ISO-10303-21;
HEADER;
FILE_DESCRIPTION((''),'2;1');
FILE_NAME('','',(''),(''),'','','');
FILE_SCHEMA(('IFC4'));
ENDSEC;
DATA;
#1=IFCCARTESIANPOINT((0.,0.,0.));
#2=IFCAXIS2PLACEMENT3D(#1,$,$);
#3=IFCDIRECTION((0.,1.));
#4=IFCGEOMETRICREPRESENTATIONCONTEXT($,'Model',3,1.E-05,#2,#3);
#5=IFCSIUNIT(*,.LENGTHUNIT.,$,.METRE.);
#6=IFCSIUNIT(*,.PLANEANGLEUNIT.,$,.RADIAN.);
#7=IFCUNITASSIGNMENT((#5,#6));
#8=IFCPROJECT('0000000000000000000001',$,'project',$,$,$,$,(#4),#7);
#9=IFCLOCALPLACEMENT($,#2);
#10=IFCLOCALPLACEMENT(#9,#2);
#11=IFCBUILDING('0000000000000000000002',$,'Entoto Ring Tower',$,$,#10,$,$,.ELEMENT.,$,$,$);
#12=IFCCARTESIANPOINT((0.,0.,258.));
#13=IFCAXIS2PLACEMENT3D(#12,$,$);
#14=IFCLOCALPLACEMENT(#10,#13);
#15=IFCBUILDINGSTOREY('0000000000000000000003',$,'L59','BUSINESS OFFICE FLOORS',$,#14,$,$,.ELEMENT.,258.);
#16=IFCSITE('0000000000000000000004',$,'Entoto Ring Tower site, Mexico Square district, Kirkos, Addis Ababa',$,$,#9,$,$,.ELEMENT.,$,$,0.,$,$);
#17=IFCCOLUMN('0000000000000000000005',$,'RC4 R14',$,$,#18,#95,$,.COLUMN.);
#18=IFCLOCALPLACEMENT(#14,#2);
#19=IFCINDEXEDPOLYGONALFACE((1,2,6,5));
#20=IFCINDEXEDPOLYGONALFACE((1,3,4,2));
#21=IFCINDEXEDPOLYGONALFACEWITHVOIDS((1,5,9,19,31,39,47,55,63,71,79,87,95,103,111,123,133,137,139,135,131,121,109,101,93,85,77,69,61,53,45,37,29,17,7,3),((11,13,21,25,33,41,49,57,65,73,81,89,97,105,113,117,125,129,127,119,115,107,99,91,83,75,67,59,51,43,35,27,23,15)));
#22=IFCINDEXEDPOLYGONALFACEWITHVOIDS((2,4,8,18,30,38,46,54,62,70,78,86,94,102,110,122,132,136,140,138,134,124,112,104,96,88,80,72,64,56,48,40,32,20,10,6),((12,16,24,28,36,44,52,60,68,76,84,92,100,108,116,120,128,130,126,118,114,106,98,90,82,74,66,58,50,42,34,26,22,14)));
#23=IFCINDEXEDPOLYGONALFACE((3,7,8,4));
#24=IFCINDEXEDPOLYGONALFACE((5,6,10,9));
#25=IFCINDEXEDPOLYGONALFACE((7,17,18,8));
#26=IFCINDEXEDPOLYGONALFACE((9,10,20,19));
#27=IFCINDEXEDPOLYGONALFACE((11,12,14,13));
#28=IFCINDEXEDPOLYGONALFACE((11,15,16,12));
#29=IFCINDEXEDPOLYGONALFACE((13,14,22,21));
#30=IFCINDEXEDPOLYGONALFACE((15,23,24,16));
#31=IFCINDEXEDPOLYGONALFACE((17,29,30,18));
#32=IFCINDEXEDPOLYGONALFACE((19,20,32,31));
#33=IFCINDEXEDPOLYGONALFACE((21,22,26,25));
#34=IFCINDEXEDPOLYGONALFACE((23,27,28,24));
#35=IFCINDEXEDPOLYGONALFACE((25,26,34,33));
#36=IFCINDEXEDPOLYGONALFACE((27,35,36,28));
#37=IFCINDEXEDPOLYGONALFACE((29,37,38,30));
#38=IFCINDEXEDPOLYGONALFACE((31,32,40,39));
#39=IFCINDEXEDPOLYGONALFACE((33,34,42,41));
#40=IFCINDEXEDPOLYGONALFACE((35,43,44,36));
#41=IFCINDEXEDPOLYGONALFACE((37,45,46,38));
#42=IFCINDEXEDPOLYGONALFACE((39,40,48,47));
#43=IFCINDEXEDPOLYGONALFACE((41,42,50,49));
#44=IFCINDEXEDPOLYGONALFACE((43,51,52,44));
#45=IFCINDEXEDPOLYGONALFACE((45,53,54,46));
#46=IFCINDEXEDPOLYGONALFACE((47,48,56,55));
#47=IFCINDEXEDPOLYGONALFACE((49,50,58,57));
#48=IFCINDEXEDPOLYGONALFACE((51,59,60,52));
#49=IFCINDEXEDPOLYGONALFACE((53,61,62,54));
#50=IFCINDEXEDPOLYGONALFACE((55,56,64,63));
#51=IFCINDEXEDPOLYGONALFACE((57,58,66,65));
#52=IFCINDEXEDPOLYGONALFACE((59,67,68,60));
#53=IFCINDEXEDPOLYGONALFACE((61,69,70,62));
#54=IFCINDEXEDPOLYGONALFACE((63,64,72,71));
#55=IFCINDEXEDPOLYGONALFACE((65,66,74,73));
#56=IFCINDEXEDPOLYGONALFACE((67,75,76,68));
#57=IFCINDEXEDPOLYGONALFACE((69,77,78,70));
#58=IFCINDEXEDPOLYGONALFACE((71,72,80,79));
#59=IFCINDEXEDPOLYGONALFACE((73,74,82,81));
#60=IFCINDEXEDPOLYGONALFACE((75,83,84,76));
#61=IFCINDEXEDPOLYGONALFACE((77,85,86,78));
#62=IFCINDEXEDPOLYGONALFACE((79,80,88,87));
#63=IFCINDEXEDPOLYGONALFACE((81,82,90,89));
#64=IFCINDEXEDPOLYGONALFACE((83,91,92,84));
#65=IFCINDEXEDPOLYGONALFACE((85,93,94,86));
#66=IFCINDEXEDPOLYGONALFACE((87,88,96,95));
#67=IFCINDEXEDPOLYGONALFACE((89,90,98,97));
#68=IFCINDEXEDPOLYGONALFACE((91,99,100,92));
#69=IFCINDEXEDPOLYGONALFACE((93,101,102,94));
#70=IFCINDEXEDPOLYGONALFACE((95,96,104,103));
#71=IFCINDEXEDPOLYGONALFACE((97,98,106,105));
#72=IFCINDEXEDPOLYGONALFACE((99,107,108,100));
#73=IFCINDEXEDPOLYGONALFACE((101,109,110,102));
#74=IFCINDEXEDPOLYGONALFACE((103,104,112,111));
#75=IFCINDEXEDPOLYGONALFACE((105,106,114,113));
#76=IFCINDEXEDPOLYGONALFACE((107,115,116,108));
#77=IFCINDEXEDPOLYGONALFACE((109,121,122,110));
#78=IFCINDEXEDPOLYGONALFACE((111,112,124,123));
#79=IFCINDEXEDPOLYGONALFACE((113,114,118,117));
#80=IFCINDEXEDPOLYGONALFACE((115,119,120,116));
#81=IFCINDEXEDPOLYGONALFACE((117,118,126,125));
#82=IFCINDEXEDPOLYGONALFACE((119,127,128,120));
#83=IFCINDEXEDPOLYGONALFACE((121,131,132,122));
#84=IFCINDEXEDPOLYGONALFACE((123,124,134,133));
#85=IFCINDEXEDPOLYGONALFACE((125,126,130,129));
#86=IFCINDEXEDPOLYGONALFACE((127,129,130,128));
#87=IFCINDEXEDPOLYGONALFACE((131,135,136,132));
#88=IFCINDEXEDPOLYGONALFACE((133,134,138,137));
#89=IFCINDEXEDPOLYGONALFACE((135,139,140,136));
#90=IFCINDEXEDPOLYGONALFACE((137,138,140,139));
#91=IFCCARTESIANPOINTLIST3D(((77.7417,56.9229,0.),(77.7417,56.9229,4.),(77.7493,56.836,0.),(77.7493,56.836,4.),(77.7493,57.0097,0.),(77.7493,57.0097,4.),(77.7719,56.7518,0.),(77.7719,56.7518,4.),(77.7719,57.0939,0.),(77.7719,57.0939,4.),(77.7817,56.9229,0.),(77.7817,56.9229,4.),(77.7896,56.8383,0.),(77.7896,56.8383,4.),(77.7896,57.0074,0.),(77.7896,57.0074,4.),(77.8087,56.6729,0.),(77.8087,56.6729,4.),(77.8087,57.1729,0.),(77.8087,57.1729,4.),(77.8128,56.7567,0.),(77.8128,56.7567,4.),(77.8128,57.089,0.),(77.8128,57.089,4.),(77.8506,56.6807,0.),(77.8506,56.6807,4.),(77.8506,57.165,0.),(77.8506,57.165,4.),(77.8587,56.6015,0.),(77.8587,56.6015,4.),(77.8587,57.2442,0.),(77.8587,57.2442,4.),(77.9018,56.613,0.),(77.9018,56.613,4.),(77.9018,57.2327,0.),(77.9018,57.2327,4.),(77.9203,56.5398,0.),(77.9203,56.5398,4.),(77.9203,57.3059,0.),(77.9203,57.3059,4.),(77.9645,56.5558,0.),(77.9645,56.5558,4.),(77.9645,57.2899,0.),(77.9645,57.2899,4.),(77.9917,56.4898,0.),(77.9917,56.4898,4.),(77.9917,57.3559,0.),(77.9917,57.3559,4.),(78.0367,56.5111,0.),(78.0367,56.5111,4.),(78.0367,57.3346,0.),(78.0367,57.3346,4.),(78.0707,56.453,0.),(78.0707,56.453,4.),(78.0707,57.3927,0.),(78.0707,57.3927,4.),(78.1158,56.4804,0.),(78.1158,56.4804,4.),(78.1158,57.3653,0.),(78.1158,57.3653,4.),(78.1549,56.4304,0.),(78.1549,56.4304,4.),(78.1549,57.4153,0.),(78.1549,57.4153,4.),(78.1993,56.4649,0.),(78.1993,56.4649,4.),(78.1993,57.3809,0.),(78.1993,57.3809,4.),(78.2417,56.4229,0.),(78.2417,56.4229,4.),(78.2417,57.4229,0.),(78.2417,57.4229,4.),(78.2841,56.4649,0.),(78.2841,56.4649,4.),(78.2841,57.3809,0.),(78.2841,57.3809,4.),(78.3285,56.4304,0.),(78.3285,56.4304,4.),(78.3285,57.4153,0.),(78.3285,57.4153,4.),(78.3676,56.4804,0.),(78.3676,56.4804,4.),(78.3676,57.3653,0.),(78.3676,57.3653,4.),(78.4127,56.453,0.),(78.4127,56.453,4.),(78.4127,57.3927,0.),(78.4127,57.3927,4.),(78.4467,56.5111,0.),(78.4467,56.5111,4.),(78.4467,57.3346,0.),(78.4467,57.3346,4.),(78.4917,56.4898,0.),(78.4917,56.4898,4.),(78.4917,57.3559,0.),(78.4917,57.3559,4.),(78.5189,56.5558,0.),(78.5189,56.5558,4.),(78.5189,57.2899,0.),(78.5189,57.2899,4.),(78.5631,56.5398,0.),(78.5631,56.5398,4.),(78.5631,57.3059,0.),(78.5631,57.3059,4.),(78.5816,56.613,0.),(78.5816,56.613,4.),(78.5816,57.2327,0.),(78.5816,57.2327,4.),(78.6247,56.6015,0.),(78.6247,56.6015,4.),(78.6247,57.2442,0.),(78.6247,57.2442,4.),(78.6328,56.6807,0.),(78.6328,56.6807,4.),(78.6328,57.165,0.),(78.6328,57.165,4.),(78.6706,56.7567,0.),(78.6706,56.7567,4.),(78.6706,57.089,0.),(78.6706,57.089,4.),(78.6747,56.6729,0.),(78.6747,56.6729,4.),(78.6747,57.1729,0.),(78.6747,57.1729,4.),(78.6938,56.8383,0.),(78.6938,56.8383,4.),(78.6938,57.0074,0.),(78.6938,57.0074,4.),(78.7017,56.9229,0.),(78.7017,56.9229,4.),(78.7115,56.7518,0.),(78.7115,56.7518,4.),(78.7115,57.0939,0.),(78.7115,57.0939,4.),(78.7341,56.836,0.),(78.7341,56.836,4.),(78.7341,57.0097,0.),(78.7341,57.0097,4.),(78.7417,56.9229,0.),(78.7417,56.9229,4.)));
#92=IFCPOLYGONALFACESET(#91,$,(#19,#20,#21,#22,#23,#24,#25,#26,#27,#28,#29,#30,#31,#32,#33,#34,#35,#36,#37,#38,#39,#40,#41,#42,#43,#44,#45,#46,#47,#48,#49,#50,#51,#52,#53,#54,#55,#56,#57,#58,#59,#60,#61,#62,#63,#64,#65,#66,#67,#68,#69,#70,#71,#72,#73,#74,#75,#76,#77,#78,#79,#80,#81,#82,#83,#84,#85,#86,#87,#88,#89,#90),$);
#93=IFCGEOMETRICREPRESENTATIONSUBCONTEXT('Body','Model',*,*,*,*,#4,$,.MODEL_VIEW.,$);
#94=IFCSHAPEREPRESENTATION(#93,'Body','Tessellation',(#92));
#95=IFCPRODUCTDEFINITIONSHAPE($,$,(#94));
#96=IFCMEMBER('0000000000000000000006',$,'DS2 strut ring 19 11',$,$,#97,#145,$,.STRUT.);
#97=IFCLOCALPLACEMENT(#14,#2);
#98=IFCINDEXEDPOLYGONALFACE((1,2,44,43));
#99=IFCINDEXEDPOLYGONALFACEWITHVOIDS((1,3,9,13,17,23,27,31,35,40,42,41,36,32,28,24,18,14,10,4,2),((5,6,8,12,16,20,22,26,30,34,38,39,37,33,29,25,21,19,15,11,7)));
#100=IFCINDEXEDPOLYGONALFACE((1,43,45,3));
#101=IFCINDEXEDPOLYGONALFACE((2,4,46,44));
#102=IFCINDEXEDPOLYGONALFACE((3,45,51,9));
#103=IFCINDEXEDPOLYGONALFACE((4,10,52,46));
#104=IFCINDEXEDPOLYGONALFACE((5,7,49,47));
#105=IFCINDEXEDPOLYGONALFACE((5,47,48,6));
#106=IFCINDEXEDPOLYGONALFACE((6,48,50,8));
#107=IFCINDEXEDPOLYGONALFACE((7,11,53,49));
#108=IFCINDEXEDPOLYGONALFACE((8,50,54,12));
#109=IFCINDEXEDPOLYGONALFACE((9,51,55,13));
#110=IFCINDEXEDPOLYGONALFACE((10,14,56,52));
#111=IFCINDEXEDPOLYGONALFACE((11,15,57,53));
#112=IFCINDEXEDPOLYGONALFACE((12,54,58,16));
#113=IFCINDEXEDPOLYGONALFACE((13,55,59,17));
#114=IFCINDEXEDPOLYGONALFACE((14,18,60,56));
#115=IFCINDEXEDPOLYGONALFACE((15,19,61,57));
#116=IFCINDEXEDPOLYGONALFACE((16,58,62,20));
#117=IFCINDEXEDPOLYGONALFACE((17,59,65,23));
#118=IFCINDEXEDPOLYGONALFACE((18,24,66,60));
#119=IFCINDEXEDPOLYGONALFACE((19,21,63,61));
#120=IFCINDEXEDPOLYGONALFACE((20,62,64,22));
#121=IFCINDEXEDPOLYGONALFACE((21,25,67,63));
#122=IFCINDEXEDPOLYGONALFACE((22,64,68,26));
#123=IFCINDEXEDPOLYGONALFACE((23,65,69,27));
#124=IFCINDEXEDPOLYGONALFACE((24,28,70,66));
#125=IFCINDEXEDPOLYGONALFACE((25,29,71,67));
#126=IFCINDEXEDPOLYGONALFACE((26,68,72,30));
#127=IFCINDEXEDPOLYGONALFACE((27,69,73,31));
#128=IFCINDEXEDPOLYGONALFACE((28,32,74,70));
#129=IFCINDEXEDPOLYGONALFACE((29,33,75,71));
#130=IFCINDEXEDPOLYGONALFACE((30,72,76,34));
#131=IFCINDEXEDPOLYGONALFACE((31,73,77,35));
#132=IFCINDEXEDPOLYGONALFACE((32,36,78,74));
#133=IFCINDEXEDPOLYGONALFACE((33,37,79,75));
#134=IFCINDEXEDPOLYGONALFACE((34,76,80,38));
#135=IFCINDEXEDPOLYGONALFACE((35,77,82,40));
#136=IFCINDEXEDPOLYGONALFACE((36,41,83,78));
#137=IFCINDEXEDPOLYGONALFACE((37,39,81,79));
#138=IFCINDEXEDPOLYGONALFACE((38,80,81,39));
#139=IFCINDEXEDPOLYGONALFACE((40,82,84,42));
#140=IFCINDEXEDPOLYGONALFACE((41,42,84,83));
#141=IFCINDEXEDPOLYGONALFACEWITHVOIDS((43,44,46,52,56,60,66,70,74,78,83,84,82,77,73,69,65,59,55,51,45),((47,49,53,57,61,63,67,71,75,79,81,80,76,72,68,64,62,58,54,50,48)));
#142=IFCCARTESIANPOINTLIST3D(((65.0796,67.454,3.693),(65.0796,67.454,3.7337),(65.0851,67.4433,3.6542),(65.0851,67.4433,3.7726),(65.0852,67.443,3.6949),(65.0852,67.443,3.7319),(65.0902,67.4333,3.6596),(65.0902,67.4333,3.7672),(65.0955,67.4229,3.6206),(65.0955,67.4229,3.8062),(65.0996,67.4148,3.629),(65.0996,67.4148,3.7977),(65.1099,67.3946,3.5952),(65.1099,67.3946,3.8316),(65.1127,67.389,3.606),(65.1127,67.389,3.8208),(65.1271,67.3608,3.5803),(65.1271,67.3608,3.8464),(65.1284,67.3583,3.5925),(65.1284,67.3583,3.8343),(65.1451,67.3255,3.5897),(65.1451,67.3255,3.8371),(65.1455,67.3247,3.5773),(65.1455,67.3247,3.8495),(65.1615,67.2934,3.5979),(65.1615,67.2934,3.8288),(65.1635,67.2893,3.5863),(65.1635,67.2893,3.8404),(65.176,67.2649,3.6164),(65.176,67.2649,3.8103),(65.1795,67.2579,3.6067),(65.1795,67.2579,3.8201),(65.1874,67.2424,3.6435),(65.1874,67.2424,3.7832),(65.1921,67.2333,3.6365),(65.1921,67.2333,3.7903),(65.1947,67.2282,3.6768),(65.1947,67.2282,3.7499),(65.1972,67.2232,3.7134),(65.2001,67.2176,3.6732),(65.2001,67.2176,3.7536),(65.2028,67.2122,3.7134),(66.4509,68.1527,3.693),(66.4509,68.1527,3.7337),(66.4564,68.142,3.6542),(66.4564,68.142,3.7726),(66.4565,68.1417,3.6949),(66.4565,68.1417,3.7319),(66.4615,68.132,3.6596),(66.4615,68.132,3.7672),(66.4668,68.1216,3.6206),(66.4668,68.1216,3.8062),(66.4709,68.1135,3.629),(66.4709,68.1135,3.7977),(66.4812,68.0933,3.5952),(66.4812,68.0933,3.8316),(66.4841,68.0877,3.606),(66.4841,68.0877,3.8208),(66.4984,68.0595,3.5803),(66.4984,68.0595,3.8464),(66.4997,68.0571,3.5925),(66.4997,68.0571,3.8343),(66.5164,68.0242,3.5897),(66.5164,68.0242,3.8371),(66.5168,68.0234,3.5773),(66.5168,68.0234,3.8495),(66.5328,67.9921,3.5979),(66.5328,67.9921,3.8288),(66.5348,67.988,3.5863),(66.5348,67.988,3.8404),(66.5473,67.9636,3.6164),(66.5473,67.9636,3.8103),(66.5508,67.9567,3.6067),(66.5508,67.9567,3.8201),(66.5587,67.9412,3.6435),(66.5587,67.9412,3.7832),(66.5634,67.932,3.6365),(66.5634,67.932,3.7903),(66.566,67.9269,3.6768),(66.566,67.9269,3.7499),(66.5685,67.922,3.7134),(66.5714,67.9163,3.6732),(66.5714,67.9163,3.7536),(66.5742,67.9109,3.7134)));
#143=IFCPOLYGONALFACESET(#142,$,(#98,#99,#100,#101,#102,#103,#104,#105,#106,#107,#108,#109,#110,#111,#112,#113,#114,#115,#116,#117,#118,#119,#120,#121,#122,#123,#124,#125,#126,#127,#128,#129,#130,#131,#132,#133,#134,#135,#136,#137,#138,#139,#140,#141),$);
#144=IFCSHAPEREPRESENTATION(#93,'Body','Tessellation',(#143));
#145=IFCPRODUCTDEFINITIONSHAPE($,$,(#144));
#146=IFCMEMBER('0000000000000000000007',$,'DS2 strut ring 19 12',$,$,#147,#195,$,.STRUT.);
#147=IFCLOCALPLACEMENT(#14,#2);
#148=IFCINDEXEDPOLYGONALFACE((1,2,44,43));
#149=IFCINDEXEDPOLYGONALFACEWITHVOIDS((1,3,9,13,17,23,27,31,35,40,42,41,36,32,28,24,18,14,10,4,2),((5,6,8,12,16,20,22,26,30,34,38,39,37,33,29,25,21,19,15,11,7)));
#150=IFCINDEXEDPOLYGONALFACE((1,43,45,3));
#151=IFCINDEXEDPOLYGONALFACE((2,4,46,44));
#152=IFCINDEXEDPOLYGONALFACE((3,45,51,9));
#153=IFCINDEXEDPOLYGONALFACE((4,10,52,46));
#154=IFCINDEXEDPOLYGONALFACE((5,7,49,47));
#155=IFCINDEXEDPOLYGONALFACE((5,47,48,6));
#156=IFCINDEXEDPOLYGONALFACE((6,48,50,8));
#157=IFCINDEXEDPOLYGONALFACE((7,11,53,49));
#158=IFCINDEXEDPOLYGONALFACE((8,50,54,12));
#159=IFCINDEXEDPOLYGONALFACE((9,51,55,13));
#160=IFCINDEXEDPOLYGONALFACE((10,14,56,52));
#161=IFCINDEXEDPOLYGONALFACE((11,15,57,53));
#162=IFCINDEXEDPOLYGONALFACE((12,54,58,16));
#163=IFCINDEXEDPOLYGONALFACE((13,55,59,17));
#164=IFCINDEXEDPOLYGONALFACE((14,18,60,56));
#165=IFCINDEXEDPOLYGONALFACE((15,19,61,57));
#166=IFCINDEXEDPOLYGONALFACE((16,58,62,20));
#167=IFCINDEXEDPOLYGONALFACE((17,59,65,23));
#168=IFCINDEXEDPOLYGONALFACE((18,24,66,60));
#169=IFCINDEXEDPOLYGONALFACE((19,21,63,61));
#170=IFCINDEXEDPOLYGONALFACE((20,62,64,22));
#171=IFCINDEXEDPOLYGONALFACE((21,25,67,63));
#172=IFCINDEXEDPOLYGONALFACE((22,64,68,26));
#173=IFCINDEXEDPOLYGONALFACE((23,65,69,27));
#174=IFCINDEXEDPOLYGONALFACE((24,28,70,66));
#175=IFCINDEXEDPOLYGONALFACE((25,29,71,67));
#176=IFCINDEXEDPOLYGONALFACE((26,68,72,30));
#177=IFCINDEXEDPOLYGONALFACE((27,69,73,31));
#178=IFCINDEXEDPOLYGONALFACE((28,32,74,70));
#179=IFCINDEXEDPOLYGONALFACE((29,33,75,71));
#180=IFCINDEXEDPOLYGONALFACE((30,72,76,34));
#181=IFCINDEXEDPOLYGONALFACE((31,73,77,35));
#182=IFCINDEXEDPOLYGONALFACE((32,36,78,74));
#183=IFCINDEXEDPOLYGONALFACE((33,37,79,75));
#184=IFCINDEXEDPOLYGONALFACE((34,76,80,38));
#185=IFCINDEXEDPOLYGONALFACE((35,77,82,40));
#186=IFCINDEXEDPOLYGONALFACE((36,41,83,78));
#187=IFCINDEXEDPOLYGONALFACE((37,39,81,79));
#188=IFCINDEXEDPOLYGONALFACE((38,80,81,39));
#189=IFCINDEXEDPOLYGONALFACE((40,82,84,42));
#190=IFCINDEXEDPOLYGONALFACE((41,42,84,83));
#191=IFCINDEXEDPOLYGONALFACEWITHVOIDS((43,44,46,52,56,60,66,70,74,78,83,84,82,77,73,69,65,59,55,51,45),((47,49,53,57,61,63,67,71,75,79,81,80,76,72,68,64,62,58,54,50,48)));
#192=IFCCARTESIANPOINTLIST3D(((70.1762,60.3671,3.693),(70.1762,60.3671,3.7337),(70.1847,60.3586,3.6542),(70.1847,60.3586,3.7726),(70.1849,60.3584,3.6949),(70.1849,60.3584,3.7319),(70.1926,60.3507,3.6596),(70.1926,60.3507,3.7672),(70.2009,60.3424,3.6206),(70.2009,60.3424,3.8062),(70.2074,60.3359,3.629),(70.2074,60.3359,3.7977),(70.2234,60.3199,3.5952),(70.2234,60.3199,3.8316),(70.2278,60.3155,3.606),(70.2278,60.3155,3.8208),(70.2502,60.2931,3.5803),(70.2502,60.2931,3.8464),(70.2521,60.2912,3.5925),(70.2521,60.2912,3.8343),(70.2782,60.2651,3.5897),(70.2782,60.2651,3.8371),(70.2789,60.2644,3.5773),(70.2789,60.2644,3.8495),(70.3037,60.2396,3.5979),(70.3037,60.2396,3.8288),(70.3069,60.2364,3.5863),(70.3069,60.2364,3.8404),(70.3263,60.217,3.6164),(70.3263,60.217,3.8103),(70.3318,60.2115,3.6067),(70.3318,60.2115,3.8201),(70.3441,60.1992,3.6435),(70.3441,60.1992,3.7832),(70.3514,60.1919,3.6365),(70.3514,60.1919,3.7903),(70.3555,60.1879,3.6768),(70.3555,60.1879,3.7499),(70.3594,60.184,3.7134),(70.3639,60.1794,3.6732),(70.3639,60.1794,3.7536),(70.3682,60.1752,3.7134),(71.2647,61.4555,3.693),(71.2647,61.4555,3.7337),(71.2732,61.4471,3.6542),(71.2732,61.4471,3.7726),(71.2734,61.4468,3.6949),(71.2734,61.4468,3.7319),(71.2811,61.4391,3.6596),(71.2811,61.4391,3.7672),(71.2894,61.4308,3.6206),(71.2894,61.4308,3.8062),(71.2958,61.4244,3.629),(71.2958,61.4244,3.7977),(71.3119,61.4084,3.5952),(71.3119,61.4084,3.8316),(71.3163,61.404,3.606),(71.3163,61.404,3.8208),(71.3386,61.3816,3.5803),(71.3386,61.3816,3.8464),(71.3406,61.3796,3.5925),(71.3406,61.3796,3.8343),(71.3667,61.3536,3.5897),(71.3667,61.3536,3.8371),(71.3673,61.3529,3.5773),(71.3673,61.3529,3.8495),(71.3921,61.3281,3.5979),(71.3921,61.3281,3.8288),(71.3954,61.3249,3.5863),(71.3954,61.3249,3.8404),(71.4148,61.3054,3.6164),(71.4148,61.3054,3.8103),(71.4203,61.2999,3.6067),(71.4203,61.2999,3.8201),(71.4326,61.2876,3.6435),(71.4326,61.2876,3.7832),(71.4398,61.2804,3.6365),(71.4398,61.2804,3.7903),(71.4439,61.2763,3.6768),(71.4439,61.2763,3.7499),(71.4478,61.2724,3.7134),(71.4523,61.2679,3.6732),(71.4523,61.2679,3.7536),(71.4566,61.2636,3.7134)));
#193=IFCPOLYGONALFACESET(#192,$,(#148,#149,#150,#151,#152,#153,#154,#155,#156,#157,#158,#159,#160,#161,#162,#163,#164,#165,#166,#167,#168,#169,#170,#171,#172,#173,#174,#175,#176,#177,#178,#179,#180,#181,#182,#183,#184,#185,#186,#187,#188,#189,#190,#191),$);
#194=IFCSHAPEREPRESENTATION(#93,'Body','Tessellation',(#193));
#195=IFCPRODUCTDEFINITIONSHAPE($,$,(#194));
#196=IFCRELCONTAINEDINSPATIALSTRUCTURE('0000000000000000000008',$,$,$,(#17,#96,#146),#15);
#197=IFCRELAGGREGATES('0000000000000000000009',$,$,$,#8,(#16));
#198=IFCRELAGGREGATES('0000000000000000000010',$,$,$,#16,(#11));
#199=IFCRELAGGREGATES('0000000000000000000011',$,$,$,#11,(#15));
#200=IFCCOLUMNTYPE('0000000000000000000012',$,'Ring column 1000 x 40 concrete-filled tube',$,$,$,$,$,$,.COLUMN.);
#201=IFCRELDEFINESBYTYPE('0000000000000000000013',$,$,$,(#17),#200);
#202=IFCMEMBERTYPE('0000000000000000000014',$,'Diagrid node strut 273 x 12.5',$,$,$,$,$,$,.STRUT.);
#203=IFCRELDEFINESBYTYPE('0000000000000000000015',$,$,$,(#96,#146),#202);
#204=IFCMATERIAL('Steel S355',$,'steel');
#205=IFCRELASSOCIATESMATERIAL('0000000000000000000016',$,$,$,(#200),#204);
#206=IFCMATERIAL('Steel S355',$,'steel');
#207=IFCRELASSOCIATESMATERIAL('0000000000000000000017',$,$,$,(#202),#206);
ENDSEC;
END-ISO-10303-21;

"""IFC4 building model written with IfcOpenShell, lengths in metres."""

from ifc_helpers import new_model, si_unit, direction, frame, origin, origin_2d, place, context, subcontext, project, spatial, circle, hollow_circle, extrude, material, material_profile, profile_set, type_object, element, save


model = new_model("IFC4")

# Units and contexts
model_context = context("Model", 3, precision=1e-05, world=origin(), true_north=direction((0.0, 1.0)))
body_context = subcontext(model_context, "Body", "Model", "MODEL_VIEW")
ifc_project = project(units=[si_unit("LENGTHUNIT", "METRE"), si_unit("PLANEANGLEUNIT", "RADIAN")], contexts=[model_context])

# Site, building, storey
site_placement = place(None, origin())
site = spatial("IfcSite", under=ifc_project, at=site_placement, Name="Entoto Ring Tower site, Mexico Square district, Kirkos, Addis Ababa", CompositionType="ELEMENT", RefElevation=0.0)
building_placement = place(site_placement, origin())
building = spatial("IfcBuilding", under=site, at=building_placement, Name="Entoto Ring Tower", CompositionType="ELEMENT")
storey_placement = place(building_placement, frame((0.0, 0.0, 258.0)))
storey = spatial("IfcBuildingStorey", under=building, at=storey_placement, Name="L59", Description="BUSINESS OFFICE FLOORS", CompositionType="ELEMENT", Elevation=258.0)

# Column
ifc_material_1 = material(Name="Steel S355", Category="steel")
ifc_material_profile_1 = material_profile(ifc_material_1, hollow_circle(Radius=0.5, WallThickness=0.04, at=origin_2d()), Name="CHS 1000 x 40")
ifc_material_2 = material(Name="Concrete C60/75", Category="concrete")
ifc_material_profile_2 = material_profile(ifc_material_2, circle(Radius=0.46, at=origin_2d()), Name="Concrete C60/75 infill")
ifc_profile_set_1 = profile_set([ifc_material_profile_1, ifc_material_profile_2], Name="Steel S355")
column_type = type_object("IfcColumnType", Name="Ring column 1000 x 40 concrete-filled tube", PredefinedType="COLUMN", material=ifc_profile_set_1)
for number, where, z_axis, x_axis, name in (
    (1, (78.2417, 56.9229, 0.0), (0.0, 0.0, 1.0), (1.0, 0.0, 0.0), "RC4 R14"),
):
    element("IfcColumn", number, at=place(storey_placement, frame(where, z_axis=z_axis, x_axis=x_axis)), inside=storey, type_object=column_type, Name=name, PredefinedType="COLUMN", context=body_context, shape_type="SweptSolid", body=[
        extrude(hollow_circle(Radius=0.5, WallThickness=0.04, at=origin_2d()), origin(), (0.0, 0.0, 1.0), 4.0),
    ])

# Members
ifc_material_3 = material(Name="Steel S355", Category="steel")
ifc_material_profile_3 = material_profile(ifc_material_3, hollow_circle(Radius=0.1365, WallThickness=0.0125, at=origin_2d()), Name="CHS 273 x 12.5")
ifc_material_4 = material(Name="Concrete C60/75", Category="concrete")
ifc_material_profile_4 = material_profile(ifc_material_4, circle(Radius=0.124, at=origin_2d()), Name="Concrete C60/75 infill")
ifc_profile_set_2 = profile_set([ifc_material_profile_3, ifc_material_profile_4], Name="Steel S355")
member_type = type_object("IfcMemberType", Name="Diagrid node strut 273 x 12.5", PredefinedType="STRUT", material=ifc_profile_set_2)
member_1_placement = place(storey_placement, frame((66.5122, 68.0325, 3.7134), z_axis=(-0.891007, -0.45399, 0.0), x_axis=(0.45399, -0.891007, 0.0)))
element("IfcMember", 2, at=member_1_placement, inside=storey, type_object=member_type, Name="DS2 strut ring 19 11", PredefinedType="STRUT", context=body_context, shape_type="SweptSolid", body=[
    extrude(hollow_circle(Radius=0.1365, WallThickness=0.0125, at=origin_2d()), origin(), (0.0, 0.0, 1.0), 1.5391),
])
member_2_placement = place(storey_placement, frame((71.3601, 61.3601, 3.7134), z_axis=(-0.707107, -0.707107, 0.0), x_axis=(0.707107, -0.707107, 0.0)))
element("IfcMember", 3, at=member_2_placement, inside=storey, type_object=member_type, Name="DS2 strut ring 19 12", PredefinedType="STRUT", context=body_context, shape_type="SweptSolid", body=[
    extrude(hollow_circle(Radius=0.1365, WallThickness=0.0125, at=origin_2d()), origin(), (0.0, 0.0, 1.0), 1.5393),
])

save(model, "model.ifc")
